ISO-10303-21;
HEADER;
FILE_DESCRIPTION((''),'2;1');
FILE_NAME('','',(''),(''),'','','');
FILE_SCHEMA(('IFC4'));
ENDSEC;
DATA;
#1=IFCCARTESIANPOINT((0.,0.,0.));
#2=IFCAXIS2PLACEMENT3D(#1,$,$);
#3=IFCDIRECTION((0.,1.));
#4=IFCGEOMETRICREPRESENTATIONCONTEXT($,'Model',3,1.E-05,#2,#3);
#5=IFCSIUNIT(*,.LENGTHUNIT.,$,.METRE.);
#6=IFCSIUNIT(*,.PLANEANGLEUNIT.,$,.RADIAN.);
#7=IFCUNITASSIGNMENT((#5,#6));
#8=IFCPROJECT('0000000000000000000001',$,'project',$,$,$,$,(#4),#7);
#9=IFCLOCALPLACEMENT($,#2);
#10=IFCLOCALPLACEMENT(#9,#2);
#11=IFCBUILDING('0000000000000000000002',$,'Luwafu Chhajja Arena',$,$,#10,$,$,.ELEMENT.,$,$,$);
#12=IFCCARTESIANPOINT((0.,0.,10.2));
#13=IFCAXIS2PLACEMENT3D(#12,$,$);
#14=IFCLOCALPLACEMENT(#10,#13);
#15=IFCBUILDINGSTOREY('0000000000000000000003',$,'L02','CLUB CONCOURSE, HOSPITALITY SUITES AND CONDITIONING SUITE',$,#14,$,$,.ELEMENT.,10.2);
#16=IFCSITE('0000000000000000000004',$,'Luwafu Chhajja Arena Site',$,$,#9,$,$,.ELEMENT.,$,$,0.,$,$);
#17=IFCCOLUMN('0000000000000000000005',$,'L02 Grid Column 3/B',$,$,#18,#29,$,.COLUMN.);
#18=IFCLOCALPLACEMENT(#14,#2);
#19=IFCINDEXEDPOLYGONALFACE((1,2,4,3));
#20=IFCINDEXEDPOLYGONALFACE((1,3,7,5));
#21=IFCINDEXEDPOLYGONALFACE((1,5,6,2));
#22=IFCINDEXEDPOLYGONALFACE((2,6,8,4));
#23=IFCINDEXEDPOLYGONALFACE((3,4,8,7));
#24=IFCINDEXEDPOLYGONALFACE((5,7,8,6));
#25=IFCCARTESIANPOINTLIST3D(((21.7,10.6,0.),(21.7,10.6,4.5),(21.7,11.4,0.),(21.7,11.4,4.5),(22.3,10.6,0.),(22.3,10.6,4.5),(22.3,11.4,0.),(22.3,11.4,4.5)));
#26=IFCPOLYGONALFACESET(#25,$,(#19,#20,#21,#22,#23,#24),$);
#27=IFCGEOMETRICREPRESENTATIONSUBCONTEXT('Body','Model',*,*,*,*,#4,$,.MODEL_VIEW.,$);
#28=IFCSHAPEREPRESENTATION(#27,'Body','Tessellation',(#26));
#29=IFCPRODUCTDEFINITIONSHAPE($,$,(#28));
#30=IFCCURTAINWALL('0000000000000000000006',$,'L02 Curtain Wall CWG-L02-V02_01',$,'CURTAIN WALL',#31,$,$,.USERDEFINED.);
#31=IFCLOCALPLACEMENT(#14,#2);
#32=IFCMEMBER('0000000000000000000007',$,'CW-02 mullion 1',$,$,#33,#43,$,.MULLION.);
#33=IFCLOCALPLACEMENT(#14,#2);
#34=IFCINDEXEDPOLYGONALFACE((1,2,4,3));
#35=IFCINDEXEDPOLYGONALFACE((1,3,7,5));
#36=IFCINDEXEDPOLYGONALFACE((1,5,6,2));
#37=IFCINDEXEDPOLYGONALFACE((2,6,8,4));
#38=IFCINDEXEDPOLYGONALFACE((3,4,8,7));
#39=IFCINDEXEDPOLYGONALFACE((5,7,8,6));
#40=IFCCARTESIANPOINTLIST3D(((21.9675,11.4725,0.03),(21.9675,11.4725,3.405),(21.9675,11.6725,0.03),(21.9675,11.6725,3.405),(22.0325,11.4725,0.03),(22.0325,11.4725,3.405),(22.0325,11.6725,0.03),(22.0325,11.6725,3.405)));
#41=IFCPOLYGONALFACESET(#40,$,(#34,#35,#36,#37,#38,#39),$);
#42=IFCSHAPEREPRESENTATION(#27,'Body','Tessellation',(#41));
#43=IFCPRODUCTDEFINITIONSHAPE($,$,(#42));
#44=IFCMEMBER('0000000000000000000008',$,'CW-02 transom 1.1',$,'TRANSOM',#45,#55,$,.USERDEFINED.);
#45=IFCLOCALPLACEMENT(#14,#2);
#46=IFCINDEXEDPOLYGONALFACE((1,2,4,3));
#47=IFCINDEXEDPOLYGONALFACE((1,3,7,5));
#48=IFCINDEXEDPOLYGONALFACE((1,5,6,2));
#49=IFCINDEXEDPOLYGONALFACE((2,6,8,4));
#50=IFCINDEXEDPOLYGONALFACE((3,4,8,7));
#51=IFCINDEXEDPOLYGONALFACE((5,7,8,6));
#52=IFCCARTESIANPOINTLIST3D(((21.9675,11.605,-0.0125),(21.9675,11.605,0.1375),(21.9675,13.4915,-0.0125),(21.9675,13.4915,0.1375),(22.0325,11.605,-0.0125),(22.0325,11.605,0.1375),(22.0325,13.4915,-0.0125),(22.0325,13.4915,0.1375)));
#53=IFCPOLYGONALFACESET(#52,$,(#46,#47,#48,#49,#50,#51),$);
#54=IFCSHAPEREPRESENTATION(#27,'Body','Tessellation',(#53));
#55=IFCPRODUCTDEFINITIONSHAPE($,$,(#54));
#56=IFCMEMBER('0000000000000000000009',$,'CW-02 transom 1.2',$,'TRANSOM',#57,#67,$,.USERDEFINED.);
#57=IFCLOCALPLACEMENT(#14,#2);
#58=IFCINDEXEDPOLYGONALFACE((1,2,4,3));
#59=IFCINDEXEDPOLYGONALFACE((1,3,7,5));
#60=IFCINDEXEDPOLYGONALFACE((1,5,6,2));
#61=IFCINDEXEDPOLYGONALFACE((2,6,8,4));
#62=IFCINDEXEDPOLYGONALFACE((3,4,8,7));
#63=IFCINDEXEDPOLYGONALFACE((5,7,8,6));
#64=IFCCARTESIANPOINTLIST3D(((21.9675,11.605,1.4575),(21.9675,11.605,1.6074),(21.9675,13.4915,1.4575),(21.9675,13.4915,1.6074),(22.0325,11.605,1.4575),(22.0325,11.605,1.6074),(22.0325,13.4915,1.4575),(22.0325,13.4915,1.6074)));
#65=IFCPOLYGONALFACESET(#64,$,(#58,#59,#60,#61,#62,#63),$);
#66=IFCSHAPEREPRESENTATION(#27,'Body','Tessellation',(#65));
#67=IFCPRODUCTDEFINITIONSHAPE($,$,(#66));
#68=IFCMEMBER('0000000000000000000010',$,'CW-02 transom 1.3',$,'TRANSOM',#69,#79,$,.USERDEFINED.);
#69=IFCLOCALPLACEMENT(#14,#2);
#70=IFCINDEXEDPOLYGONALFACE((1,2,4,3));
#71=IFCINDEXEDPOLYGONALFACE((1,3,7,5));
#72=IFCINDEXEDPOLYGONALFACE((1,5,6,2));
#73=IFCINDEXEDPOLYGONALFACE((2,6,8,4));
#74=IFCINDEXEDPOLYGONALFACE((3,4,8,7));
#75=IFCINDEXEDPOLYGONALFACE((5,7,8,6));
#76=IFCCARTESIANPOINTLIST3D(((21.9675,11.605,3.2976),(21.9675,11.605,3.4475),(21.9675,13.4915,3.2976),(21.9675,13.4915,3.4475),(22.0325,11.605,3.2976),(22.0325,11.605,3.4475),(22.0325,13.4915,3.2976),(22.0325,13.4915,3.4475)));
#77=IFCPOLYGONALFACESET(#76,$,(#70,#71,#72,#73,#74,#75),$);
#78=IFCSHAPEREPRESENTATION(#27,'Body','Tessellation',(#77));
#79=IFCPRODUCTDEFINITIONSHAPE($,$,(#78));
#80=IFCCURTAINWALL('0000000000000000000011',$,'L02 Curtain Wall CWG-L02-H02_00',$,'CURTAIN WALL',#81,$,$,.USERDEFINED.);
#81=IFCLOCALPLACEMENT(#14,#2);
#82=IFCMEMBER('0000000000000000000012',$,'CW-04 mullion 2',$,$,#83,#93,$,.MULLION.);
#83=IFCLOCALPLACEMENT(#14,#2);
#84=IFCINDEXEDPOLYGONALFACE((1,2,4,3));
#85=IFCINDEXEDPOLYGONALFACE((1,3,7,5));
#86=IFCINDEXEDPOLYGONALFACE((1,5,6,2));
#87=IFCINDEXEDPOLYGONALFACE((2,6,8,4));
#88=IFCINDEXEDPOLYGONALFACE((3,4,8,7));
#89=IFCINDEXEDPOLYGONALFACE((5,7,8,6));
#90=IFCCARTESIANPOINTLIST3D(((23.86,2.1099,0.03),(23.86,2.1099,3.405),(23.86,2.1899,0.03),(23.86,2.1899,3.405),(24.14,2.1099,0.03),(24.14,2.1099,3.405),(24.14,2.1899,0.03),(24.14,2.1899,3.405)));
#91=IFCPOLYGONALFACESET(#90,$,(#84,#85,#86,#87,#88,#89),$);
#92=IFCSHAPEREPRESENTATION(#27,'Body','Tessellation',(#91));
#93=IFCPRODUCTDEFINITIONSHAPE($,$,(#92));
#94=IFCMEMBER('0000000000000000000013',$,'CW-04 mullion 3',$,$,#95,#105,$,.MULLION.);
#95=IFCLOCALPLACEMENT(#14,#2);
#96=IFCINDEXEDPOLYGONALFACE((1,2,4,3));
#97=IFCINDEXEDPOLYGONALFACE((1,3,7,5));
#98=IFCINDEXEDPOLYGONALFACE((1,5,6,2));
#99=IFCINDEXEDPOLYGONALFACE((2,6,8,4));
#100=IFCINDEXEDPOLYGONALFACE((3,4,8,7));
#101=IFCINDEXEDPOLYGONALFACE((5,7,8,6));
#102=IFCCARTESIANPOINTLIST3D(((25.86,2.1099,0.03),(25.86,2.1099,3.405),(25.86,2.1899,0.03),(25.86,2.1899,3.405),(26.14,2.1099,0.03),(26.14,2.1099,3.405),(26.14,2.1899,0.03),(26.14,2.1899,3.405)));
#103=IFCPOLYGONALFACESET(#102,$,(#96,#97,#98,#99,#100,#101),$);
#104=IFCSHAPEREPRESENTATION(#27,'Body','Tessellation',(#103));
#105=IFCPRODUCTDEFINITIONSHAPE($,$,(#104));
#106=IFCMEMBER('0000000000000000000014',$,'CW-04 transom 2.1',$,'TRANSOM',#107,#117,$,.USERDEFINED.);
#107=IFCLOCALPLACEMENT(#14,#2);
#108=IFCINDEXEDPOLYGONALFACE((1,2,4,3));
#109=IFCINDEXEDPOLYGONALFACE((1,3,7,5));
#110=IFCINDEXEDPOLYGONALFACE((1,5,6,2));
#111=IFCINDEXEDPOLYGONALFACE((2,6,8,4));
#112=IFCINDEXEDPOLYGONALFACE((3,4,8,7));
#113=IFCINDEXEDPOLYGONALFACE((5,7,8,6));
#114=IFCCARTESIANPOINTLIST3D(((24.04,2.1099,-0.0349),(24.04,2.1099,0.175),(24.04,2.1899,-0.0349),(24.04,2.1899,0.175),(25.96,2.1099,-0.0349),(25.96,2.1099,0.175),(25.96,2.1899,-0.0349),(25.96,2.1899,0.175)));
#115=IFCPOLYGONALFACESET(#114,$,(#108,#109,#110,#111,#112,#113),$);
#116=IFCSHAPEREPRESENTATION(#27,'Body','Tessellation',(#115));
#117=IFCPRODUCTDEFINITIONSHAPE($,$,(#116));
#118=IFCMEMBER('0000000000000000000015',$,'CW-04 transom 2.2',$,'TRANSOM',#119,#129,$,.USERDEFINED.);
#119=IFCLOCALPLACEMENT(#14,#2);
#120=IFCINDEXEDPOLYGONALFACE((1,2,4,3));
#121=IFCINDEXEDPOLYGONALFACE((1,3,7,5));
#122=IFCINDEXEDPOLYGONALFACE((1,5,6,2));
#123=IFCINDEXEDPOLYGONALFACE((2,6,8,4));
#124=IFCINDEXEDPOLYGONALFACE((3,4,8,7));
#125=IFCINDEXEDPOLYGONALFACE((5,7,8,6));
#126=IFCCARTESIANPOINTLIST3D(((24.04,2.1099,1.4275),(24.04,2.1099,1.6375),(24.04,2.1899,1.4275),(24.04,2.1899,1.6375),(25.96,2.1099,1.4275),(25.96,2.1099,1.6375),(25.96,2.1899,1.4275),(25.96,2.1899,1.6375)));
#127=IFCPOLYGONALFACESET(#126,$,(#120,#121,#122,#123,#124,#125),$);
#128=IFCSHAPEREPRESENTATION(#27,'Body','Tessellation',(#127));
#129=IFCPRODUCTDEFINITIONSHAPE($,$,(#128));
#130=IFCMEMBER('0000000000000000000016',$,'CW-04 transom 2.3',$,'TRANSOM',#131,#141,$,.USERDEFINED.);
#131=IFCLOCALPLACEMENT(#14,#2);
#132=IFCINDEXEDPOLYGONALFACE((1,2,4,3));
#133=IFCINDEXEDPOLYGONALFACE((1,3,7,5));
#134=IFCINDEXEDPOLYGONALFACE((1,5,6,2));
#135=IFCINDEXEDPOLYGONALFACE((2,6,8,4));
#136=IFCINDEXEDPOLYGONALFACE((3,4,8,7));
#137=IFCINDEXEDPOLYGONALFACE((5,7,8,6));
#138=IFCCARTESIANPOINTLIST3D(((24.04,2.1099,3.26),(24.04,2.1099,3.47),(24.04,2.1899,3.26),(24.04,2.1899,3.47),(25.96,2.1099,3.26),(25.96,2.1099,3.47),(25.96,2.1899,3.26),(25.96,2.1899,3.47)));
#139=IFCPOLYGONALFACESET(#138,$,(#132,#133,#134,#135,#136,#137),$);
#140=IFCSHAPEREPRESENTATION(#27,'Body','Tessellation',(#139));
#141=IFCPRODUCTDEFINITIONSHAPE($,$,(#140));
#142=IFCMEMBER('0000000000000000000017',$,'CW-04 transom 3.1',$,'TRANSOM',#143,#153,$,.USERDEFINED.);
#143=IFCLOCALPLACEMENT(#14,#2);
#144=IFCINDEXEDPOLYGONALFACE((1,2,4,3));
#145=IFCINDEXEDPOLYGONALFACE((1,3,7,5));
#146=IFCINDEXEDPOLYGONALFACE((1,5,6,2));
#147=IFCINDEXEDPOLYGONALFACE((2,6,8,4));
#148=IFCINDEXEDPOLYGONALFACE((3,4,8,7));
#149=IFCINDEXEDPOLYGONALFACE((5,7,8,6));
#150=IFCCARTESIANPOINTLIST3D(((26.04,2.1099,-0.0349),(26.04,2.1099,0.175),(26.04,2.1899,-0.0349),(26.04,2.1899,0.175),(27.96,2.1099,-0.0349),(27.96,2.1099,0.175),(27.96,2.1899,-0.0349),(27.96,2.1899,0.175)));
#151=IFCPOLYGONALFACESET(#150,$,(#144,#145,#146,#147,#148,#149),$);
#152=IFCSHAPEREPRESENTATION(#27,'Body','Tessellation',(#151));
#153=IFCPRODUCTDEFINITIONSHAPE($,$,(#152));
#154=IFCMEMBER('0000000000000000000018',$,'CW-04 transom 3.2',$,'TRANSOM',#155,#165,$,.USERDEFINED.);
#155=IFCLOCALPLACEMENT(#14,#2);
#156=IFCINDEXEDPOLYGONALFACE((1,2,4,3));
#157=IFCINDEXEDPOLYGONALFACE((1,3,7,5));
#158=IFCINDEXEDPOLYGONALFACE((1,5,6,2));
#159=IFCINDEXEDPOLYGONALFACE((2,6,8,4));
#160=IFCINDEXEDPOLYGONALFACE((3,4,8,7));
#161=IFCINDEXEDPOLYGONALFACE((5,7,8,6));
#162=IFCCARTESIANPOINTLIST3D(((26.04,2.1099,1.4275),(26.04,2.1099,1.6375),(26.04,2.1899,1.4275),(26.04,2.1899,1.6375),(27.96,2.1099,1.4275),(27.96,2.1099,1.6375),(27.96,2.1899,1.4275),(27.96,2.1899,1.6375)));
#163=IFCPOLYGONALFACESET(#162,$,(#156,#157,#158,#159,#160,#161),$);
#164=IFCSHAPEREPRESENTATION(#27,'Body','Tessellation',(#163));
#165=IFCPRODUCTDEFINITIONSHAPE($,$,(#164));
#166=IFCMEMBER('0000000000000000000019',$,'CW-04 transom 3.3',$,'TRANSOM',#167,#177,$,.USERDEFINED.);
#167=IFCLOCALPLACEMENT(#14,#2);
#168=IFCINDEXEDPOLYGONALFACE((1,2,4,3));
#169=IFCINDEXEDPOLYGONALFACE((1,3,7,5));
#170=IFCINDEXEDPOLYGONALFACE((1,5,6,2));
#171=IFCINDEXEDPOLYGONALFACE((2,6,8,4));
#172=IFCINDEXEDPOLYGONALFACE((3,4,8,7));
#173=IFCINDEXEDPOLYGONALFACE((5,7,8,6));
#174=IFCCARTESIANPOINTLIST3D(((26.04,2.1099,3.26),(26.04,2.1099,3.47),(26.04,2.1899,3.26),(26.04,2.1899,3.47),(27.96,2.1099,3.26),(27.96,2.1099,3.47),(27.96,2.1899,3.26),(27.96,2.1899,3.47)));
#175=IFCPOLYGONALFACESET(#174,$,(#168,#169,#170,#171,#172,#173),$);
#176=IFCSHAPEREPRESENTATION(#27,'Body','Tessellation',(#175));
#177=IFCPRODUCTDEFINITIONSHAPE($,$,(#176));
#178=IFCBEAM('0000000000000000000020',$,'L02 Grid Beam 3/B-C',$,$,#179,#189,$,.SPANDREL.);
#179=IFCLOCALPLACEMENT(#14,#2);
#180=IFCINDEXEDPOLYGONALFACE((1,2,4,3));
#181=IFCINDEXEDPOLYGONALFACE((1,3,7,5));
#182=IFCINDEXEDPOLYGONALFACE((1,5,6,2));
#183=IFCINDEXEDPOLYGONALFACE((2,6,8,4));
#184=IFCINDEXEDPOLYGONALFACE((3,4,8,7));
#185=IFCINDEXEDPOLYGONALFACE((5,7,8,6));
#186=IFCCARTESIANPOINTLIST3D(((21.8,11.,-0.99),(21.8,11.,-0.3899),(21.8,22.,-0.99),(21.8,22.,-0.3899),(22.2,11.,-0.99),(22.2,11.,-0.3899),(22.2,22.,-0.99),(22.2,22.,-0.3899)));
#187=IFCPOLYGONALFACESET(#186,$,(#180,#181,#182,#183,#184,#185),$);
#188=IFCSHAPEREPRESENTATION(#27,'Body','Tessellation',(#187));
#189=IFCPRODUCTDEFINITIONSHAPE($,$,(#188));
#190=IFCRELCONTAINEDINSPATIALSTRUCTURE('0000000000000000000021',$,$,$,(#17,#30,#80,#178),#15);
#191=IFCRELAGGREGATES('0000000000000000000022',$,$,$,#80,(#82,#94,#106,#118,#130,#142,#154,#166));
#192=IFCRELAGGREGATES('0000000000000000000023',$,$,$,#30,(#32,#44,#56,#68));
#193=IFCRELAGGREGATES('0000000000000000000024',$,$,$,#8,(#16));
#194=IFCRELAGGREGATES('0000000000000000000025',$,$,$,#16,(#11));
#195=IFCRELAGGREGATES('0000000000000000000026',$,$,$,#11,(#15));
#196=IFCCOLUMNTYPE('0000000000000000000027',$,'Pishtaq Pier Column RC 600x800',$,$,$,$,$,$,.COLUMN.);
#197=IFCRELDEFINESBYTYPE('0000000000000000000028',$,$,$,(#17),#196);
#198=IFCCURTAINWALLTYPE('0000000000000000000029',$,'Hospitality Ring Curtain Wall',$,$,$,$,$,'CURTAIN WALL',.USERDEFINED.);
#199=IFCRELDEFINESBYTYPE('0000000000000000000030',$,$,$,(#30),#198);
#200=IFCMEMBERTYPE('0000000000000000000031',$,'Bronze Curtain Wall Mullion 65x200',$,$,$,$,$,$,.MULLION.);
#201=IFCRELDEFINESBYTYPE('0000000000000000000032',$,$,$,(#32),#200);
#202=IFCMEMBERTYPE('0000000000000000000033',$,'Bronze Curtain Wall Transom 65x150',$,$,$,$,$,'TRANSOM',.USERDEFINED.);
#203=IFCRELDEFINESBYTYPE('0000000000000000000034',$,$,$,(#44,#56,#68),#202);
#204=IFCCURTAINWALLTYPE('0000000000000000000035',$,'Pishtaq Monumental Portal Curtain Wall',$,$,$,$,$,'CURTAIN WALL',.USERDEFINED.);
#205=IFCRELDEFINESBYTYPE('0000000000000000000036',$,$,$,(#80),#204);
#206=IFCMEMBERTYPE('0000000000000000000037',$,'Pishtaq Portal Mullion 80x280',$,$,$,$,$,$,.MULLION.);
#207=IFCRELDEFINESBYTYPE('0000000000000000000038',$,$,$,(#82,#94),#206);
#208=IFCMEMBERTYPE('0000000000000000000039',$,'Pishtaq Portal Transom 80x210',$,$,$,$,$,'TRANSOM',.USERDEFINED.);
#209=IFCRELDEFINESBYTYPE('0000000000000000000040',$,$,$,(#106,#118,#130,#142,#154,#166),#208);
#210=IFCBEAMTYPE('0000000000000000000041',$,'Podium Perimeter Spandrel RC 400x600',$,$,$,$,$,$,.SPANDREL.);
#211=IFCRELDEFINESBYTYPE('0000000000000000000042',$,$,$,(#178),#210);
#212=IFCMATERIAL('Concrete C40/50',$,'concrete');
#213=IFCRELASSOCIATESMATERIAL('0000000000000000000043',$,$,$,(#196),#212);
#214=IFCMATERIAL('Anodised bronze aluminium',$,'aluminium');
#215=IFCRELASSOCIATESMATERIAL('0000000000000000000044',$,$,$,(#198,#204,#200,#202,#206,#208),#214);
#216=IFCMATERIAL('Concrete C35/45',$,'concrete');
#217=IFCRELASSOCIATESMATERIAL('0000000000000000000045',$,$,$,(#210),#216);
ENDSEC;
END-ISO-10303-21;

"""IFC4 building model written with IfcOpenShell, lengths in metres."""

from ifc_helpers import new_model, si_unit, direction, frame, origin, origin_2d, place, context, subcontext, project, spatial, rectangle, extrude, material, material_profile, profile_set, type_object, element, aggregate, save


model = new_model("IFC4")

# Units and contexts
model_context = context("Model", 3, precision=1e-05, world=origin(), true_north=direction((0.0, 1.0)))
body_context = subcontext(model_context, "Body", "Model", "MODEL_VIEW")
ifc_project = project(units=[si_unit("LENGTHUNIT", "METRE"), si_unit("PLANEANGLEUNIT", "RADIAN")], contexts=[model_context])

# Site, building, storey
site_placement = place(None, origin())
site = spatial("IfcSite", under=ifc_project, at=site_placement, Name="Luwafu Chhajja Arena Site", CompositionType="ELEMENT", RefElevation=0.0)
building_placement = place(site_placement, origin())
building = spatial("IfcBuilding", under=site, at=building_placement, Name="Luwafu Chhajja Arena", CompositionType="ELEMENT")
storey_placement = place(building_placement, frame((0.0, 0.0, 10.2)))
storey = spatial("IfcBuildingStorey", under=building, at=storey_placement, Name="L02", Description="CLUB CONCOURSE, HOSPITALITY SUITES AND CONDITIONING SUITE", CompositionType="ELEMENT", Elevation=10.2)

# Column
ifc_material_1 = material(Name="Concrete C40/50", Category="concrete")
ifc_material_profile_1 = material_profile(ifc_material_1, rectangle(XDim=0.6001, YDim=0.8, at=origin_2d()), Name="RC 600x800")
ifc_profile_set_1 = profile_set([ifc_material_profile_1], Name="Concrete C40/50")
column_type = type_object("IfcColumnType", Name="Pishtaq Pier Column RC 600x800", PredefinedType="COLUMN", material=ifc_profile_set_1)
column_placement = place(storey_placement, frame((22.0, 11.0, 0.0), z_axis=(0.0, 0.0, 1.0), x_axis=(1.0, 0.0, 0.0)))
element("IfcColumn", 1, at=column_placement, inside=storey, type_object=column_type, Name="L02 Grid Column 3/B", PredefinedType="COLUMN", context=body_context, shape_type="SweptSolid", body=[
    extrude(rectangle(XDim=0.6001, YDim=0.8, at=origin_2d()), origin(), (0.0, 0.0, 1.0), 4.5),
])

# Curtain walls, members
ifc_material_2 = material(Name="Anodised bronze aluminium", Category="aluminium")
curtain_wall_type_1 = type_object("IfcCurtainWallType", Name="Hospitality Ring Curtain Wall", ElementType="CURTAIN WALL", PredefinedType="USERDEFINED", material=ifc_material_2)
curtain_wall_1_placement = place(storey_placement, origin())
curtain_wall_1 = element("IfcCurtainWall", 2, at=curtain_wall_1_placement, inside=storey, type_object=curtain_wall_type_1, Name="L02 Curtain Wall CWG-L02-V02_01", ObjectType="CURTAIN WALL", PredefinedType="USERDEFINED")
ifc_material_profile_2 = material_profile(ifc_material_2, rectangle(XDim=0.0649, YDim=0.2, at=origin_2d()), Name="CWM 65x200")
ifc_profile_set_2 = profile_set([ifc_material_profile_2], Name="Anodised bronze aluminium")
member_type_1 = type_object("IfcMemberType", Name="Bronze Curtain Wall Mullion 65x200", PredefinedType="MULLION", material=ifc_profile_set_2)
member_1_placement = place(storey_placement, frame((22.0, 11.5725, 0.03), z_axis=(0.0, 0.0, 1.0), x_axis=(-1.0, 0.0, 0.0)))
member_1 = element("IfcMember", 3, at=member_1_placement, type_object=member_type_1, Name="CW-02 mullion 1", PredefinedType="MULLION", context=body_context, shape_type="SweptSolid", body=[
    extrude(rectangle(XDim=0.0649, YDim=0.2, at=origin_2d()), origin(), (0.0, 0.0, 1.0), 3.375),
])
ifc_material_profile_3 = material_profile(ifc_material_2, rectangle(XDim=0.0649, YDim=0.1499, at=origin_2d()), Name="CWT 65x150")
ifc_profile_set_3 = profile_set([ifc_material_profile_3], Name="Anodised bronze aluminium")
member_type_2 = type_object("IfcMemberType", Name="Bronze Curtain Wall Transom 65x150", ElementType="TRANSOM", PredefinedType="USERDEFINED", material=ifc_profile_set_3)
member_2_placement = place(storey_placement, frame((22.0, 11.605, 0.0625), z_axis=(0.0, 1.0, 0.0), x_axis=(-1.0, 0.0, 0.0)))
member_2 = element("IfcMember", 4, at=member_2_placement, type_object=member_type_2, Name="CW-02 transom 1.1", ObjectType="TRANSOM", PredefinedType="USERDEFINED", context=body_context, shape_type="SweptSolid", body=[
    extrude(rectangle(XDim=0.0649, YDim=0.1499, at=origin_2d()), origin(), (0.0, 0.0, 1.0), 1.8865),
])
member_3_placement = place(storey_placement, frame((22.0, 11.605, 1.5325), z_axis=(0.0, 1.0, 0.0), x_axis=(-1.0, 0.0, 0.0)))
member_3 = element("IfcMember", 5, at=member_3_placement, type_object=member_type_2, Name="CW-02 transom 1.2", ObjectType="TRANSOM", PredefinedType="USERDEFINED", context=body_context, shape_type="SweptSolid", body=[
    extrude(rectangle(XDim=0.0649, YDim=0.1499, at=origin_2d()), origin(), (0.0, 0.0, 1.0), 1.8865),
])
member_4_placement = place(storey_placement, frame((22.0, 11.605, 3.3726), z_axis=(0.0, 1.0, 0.0), x_axis=(-1.0, 0.0, 0.0)))
member_4 = element("IfcMember", 6, at=member_4_placement, type_object=member_type_2, Name="CW-02 transom 1.3", ObjectType="TRANSOM", PredefinedType="USERDEFINED", context=body_context, shape_type="SweptSolid", body=[
    extrude(rectangle(XDim=0.0649, YDim=0.1499, at=origin_2d()), origin(), (0.0, 0.0, 1.0), 1.8865),
])
curtain_wall_type_2 = type_object("IfcCurtainWallType", Name="Pishtaq Monumental Portal Curtain Wall", ElementType="CURTAIN WALL", PredefinedType="USERDEFINED", material=ifc_material_2)
curtain_wall_2_placement = place(storey_placement, origin())
curtain_wall_2 = element("IfcCurtainWall", 7, at=curtain_wall_2_placement, inside=storey, type_object=curtain_wall_type_2, Name="L02 Curtain Wall CWG-L02-H02_00", ObjectType="CURTAIN WALL", PredefinedType="USERDEFINED")
ifc_material_profile_4 = material_profile(ifc_material_2, rectangle(XDim=0.0801, YDim=0.28, at=origin_2d()), Name="CWM 80x280")
ifc_profile_set_4 = profile_set([ifc_material_profile_4], Name="Anodised bronze aluminium")
member_type_3 = type_object("IfcMemberType", Name="Pishtaq Portal Mullion 80x280", PredefinedType="MULLION", material=ifc_profile_set_4)
member_5_placement = place(storey_placement, frame((24.0, 2.1499, 0.03), z_axis=(0.0, 0.0, 1.0), x_axis=(0.0, 1.0, 0.0)))
member_5 = element("IfcMember", 8, at=member_5_placement, type_object=member_type_3, Name="CW-04 mullion 2", PredefinedType="MULLION", context=body_context, shape_type="SweptSolid", body=[
    extrude(rectangle(XDim=0.0801, YDim=0.28, at=origin_2d()), origin(), (0.0, 0.0, 1.0), 3.375),
])
member_6_placement = place(storey_placement, frame((26.0, 2.1499, 0.03), z_axis=(0.0, 0.0, 1.0), x_axis=(0.0, 1.0, 0.0)))
member_6 = element("IfcMember", 9, at=member_6_placement, type_object=member_type_3, Name="CW-04 mullion 3", PredefinedType="MULLION", context=body_context, shape_type="SweptSolid", body=[
    extrude(rectangle(XDim=0.0801, YDim=0.28, at=origin_2d()), origin(), (0.0, 0.0, 1.0), 3.375),
])
ifc_material_profile_5 = material_profile(ifc_material_2, rectangle(XDim=0.0801, YDim=0.21, at=origin_2d()), Name="CWT 80x210")
ifc_profile_set_5 = profile_set([ifc_material_profile_5], Name="Anodised bronze aluminium")
member_type_4 = type_object("IfcMemberType", Name="Pishtaq Portal Transom 80x210", ElementType="TRANSOM", PredefinedType="USERDEFINED", material=ifc_profile_set_5)
member_7_placement = place(storey_placement, frame((24.04, 2.1499, 0.0701), z_axis=(1.0, 0.0, 0.0), x_axis=(0.0, 1.0, 0.0)))
member_7 = element("IfcMember", 10, at=member_7_placement, type_object=member_type_4, Name="CW-04 transom 2.1", ObjectType="TRANSOM", PredefinedType="USERDEFINED", context=body_context, shape_type="SweptSolid", body=[
    extrude(rectangle(XDim=0.0801, YDim=0.21, at=origin_2d()), origin(), (0.0, 0.0, 1.0), 1.9199),
])
member_8_placement = place(storey_placement, frame((24.04, 2.1499, 1.5325), z_axis=(1.0, 0.0, 0.0), x_axis=(0.0, 1.0, 0.0)))
member_8 = element("IfcMember", 11, at=member_8_placement, type_object=member_type_4, Name="CW-04 transom 2.2", ObjectType="TRANSOM", PredefinedType="USERDEFINED", context=body_context, shape_type="SweptSolid", body=[
    extrude(rectangle(XDim=0.0801, YDim=0.21, at=origin_2d()), origin(), (0.0, 0.0, 1.0), 1.9199),
])
member_9_placement = place(storey_placement, frame((24.04, 2.1499, 3.365), z_axis=(1.0, 0.0, 0.0), x_axis=(0.0, 1.0, 0.0)))
member_9 = element("IfcMember", 12, at=member_9_placement, type_object=member_type_4, Name="CW-04 transom 2.3", ObjectType="TRANSOM", PredefinedType="USERDEFINED", context=body_context, shape_type="SweptSolid", body=[
    extrude(rectangle(XDim=0.0801, YDim=0.21, at=origin_2d()), origin(), (0.0, 0.0, 1.0), 1.9199),
])
member_10_placement = place(storey_placement, frame((26.04, 2.1499, 0.0701), z_axis=(1.0, 0.0, 0.0), x_axis=(0.0, 1.0, 0.0)))
member_10 = element("IfcMember", 13, at=member_10_placement, type_object=member_type_4, Name="CW-04 transom 3.1", ObjectType="TRANSOM", PredefinedType="USERDEFINED", context=body_context, shape_type="SweptSolid", body=[
    extrude(rectangle(XDim=0.0801, YDim=0.21, at=origin_2d()), origin(), (0.0, 0.0, 1.0), 1.9199),
])
member_11_placement = place(storey_placement, frame((26.04, 2.1499, 1.5325), z_axis=(1.0, 0.0, 0.0), x_axis=(0.0, 1.0, 0.0)))
member_11 = element("IfcMember", 14, at=member_11_placement, type_object=member_type_4, Name="CW-04 transom 3.2", ObjectType="TRANSOM", PredefinedType="USERDEFINED", context=body_context, shape_type="SweptSolid", body=[
    extrude(rectangle(XDim=0.0801, YDim=0.21, at=origin_2d()), origin(), (0.0, 0.0, 1.0), 1.9199),
])
member_12_placement = place(storey_placement, frame((26.04, 2.1499, 3.365), z_axis=(1.0, 0.0, 0.0), x_axis=(0.0, 1.0, 0.0)))
member_12 = element("IfcMember", 15, at=member_12_placement, type_object=member_type_4, Name="CW-04 transom 3.3", ObjectType="TRANSOM", PredefinedType="USERDEFINED", context=body_context, shape_type="SweptSolid", body=[
    extrude(rectangle(XDim=0.0801, YDim=0.21, at=origin_2d()), origin(), (0.0, 0.0, 1.0), 1.9199),
])

# Beam
ifc_material_3 = material(Name="Concrete C35/45", Category="concrete")
ifc_material_profile_6 = material_profile(ifc_material_3, rectangle(XDim=0.3999, YDim=0.6001, at=origin_2d()), Name="RC 400x600")
ifc_profile_set_6 = profile_set([ifc_material_profile_6], Name="Concrete C35/45")
beam_type_1 = type_object("IfcBeamType", Name="Podium Perimeter Spandrel RC 400x600", PredefinedType="SPANDREL", material=ifc_profile_set_6)
beam_1_placement = place(storey_placement, frame((22.0, 11.0, -0.6899), z_axis=(0.0, 1.0, 0.0), x_axis=(-1.0, 0.0, 0.0)))
element("IfcBeam", 16, at=beam_1_placement, inside=storey, type_object=beam_type_1, Name="L02 Grid Beam 3/B-C", PredefinedType="SPANDREL", context=body_context, shape_type="SweptSolid", body=[
    extrude(rectangle(XDim=0.3999, YDim=0.6001, at=origin_2d()), origin(), (0.0, 0.0, 1.0), 11.0),
])

aggregate(curtain_wall_2, [member_5, member_6, member_7, member_8, member_9, member_10, member_11, member_12])
aggregate(curtain_wall_1, [member_1, member_2, member_3, member_4])

save(model, "model.ifc")
